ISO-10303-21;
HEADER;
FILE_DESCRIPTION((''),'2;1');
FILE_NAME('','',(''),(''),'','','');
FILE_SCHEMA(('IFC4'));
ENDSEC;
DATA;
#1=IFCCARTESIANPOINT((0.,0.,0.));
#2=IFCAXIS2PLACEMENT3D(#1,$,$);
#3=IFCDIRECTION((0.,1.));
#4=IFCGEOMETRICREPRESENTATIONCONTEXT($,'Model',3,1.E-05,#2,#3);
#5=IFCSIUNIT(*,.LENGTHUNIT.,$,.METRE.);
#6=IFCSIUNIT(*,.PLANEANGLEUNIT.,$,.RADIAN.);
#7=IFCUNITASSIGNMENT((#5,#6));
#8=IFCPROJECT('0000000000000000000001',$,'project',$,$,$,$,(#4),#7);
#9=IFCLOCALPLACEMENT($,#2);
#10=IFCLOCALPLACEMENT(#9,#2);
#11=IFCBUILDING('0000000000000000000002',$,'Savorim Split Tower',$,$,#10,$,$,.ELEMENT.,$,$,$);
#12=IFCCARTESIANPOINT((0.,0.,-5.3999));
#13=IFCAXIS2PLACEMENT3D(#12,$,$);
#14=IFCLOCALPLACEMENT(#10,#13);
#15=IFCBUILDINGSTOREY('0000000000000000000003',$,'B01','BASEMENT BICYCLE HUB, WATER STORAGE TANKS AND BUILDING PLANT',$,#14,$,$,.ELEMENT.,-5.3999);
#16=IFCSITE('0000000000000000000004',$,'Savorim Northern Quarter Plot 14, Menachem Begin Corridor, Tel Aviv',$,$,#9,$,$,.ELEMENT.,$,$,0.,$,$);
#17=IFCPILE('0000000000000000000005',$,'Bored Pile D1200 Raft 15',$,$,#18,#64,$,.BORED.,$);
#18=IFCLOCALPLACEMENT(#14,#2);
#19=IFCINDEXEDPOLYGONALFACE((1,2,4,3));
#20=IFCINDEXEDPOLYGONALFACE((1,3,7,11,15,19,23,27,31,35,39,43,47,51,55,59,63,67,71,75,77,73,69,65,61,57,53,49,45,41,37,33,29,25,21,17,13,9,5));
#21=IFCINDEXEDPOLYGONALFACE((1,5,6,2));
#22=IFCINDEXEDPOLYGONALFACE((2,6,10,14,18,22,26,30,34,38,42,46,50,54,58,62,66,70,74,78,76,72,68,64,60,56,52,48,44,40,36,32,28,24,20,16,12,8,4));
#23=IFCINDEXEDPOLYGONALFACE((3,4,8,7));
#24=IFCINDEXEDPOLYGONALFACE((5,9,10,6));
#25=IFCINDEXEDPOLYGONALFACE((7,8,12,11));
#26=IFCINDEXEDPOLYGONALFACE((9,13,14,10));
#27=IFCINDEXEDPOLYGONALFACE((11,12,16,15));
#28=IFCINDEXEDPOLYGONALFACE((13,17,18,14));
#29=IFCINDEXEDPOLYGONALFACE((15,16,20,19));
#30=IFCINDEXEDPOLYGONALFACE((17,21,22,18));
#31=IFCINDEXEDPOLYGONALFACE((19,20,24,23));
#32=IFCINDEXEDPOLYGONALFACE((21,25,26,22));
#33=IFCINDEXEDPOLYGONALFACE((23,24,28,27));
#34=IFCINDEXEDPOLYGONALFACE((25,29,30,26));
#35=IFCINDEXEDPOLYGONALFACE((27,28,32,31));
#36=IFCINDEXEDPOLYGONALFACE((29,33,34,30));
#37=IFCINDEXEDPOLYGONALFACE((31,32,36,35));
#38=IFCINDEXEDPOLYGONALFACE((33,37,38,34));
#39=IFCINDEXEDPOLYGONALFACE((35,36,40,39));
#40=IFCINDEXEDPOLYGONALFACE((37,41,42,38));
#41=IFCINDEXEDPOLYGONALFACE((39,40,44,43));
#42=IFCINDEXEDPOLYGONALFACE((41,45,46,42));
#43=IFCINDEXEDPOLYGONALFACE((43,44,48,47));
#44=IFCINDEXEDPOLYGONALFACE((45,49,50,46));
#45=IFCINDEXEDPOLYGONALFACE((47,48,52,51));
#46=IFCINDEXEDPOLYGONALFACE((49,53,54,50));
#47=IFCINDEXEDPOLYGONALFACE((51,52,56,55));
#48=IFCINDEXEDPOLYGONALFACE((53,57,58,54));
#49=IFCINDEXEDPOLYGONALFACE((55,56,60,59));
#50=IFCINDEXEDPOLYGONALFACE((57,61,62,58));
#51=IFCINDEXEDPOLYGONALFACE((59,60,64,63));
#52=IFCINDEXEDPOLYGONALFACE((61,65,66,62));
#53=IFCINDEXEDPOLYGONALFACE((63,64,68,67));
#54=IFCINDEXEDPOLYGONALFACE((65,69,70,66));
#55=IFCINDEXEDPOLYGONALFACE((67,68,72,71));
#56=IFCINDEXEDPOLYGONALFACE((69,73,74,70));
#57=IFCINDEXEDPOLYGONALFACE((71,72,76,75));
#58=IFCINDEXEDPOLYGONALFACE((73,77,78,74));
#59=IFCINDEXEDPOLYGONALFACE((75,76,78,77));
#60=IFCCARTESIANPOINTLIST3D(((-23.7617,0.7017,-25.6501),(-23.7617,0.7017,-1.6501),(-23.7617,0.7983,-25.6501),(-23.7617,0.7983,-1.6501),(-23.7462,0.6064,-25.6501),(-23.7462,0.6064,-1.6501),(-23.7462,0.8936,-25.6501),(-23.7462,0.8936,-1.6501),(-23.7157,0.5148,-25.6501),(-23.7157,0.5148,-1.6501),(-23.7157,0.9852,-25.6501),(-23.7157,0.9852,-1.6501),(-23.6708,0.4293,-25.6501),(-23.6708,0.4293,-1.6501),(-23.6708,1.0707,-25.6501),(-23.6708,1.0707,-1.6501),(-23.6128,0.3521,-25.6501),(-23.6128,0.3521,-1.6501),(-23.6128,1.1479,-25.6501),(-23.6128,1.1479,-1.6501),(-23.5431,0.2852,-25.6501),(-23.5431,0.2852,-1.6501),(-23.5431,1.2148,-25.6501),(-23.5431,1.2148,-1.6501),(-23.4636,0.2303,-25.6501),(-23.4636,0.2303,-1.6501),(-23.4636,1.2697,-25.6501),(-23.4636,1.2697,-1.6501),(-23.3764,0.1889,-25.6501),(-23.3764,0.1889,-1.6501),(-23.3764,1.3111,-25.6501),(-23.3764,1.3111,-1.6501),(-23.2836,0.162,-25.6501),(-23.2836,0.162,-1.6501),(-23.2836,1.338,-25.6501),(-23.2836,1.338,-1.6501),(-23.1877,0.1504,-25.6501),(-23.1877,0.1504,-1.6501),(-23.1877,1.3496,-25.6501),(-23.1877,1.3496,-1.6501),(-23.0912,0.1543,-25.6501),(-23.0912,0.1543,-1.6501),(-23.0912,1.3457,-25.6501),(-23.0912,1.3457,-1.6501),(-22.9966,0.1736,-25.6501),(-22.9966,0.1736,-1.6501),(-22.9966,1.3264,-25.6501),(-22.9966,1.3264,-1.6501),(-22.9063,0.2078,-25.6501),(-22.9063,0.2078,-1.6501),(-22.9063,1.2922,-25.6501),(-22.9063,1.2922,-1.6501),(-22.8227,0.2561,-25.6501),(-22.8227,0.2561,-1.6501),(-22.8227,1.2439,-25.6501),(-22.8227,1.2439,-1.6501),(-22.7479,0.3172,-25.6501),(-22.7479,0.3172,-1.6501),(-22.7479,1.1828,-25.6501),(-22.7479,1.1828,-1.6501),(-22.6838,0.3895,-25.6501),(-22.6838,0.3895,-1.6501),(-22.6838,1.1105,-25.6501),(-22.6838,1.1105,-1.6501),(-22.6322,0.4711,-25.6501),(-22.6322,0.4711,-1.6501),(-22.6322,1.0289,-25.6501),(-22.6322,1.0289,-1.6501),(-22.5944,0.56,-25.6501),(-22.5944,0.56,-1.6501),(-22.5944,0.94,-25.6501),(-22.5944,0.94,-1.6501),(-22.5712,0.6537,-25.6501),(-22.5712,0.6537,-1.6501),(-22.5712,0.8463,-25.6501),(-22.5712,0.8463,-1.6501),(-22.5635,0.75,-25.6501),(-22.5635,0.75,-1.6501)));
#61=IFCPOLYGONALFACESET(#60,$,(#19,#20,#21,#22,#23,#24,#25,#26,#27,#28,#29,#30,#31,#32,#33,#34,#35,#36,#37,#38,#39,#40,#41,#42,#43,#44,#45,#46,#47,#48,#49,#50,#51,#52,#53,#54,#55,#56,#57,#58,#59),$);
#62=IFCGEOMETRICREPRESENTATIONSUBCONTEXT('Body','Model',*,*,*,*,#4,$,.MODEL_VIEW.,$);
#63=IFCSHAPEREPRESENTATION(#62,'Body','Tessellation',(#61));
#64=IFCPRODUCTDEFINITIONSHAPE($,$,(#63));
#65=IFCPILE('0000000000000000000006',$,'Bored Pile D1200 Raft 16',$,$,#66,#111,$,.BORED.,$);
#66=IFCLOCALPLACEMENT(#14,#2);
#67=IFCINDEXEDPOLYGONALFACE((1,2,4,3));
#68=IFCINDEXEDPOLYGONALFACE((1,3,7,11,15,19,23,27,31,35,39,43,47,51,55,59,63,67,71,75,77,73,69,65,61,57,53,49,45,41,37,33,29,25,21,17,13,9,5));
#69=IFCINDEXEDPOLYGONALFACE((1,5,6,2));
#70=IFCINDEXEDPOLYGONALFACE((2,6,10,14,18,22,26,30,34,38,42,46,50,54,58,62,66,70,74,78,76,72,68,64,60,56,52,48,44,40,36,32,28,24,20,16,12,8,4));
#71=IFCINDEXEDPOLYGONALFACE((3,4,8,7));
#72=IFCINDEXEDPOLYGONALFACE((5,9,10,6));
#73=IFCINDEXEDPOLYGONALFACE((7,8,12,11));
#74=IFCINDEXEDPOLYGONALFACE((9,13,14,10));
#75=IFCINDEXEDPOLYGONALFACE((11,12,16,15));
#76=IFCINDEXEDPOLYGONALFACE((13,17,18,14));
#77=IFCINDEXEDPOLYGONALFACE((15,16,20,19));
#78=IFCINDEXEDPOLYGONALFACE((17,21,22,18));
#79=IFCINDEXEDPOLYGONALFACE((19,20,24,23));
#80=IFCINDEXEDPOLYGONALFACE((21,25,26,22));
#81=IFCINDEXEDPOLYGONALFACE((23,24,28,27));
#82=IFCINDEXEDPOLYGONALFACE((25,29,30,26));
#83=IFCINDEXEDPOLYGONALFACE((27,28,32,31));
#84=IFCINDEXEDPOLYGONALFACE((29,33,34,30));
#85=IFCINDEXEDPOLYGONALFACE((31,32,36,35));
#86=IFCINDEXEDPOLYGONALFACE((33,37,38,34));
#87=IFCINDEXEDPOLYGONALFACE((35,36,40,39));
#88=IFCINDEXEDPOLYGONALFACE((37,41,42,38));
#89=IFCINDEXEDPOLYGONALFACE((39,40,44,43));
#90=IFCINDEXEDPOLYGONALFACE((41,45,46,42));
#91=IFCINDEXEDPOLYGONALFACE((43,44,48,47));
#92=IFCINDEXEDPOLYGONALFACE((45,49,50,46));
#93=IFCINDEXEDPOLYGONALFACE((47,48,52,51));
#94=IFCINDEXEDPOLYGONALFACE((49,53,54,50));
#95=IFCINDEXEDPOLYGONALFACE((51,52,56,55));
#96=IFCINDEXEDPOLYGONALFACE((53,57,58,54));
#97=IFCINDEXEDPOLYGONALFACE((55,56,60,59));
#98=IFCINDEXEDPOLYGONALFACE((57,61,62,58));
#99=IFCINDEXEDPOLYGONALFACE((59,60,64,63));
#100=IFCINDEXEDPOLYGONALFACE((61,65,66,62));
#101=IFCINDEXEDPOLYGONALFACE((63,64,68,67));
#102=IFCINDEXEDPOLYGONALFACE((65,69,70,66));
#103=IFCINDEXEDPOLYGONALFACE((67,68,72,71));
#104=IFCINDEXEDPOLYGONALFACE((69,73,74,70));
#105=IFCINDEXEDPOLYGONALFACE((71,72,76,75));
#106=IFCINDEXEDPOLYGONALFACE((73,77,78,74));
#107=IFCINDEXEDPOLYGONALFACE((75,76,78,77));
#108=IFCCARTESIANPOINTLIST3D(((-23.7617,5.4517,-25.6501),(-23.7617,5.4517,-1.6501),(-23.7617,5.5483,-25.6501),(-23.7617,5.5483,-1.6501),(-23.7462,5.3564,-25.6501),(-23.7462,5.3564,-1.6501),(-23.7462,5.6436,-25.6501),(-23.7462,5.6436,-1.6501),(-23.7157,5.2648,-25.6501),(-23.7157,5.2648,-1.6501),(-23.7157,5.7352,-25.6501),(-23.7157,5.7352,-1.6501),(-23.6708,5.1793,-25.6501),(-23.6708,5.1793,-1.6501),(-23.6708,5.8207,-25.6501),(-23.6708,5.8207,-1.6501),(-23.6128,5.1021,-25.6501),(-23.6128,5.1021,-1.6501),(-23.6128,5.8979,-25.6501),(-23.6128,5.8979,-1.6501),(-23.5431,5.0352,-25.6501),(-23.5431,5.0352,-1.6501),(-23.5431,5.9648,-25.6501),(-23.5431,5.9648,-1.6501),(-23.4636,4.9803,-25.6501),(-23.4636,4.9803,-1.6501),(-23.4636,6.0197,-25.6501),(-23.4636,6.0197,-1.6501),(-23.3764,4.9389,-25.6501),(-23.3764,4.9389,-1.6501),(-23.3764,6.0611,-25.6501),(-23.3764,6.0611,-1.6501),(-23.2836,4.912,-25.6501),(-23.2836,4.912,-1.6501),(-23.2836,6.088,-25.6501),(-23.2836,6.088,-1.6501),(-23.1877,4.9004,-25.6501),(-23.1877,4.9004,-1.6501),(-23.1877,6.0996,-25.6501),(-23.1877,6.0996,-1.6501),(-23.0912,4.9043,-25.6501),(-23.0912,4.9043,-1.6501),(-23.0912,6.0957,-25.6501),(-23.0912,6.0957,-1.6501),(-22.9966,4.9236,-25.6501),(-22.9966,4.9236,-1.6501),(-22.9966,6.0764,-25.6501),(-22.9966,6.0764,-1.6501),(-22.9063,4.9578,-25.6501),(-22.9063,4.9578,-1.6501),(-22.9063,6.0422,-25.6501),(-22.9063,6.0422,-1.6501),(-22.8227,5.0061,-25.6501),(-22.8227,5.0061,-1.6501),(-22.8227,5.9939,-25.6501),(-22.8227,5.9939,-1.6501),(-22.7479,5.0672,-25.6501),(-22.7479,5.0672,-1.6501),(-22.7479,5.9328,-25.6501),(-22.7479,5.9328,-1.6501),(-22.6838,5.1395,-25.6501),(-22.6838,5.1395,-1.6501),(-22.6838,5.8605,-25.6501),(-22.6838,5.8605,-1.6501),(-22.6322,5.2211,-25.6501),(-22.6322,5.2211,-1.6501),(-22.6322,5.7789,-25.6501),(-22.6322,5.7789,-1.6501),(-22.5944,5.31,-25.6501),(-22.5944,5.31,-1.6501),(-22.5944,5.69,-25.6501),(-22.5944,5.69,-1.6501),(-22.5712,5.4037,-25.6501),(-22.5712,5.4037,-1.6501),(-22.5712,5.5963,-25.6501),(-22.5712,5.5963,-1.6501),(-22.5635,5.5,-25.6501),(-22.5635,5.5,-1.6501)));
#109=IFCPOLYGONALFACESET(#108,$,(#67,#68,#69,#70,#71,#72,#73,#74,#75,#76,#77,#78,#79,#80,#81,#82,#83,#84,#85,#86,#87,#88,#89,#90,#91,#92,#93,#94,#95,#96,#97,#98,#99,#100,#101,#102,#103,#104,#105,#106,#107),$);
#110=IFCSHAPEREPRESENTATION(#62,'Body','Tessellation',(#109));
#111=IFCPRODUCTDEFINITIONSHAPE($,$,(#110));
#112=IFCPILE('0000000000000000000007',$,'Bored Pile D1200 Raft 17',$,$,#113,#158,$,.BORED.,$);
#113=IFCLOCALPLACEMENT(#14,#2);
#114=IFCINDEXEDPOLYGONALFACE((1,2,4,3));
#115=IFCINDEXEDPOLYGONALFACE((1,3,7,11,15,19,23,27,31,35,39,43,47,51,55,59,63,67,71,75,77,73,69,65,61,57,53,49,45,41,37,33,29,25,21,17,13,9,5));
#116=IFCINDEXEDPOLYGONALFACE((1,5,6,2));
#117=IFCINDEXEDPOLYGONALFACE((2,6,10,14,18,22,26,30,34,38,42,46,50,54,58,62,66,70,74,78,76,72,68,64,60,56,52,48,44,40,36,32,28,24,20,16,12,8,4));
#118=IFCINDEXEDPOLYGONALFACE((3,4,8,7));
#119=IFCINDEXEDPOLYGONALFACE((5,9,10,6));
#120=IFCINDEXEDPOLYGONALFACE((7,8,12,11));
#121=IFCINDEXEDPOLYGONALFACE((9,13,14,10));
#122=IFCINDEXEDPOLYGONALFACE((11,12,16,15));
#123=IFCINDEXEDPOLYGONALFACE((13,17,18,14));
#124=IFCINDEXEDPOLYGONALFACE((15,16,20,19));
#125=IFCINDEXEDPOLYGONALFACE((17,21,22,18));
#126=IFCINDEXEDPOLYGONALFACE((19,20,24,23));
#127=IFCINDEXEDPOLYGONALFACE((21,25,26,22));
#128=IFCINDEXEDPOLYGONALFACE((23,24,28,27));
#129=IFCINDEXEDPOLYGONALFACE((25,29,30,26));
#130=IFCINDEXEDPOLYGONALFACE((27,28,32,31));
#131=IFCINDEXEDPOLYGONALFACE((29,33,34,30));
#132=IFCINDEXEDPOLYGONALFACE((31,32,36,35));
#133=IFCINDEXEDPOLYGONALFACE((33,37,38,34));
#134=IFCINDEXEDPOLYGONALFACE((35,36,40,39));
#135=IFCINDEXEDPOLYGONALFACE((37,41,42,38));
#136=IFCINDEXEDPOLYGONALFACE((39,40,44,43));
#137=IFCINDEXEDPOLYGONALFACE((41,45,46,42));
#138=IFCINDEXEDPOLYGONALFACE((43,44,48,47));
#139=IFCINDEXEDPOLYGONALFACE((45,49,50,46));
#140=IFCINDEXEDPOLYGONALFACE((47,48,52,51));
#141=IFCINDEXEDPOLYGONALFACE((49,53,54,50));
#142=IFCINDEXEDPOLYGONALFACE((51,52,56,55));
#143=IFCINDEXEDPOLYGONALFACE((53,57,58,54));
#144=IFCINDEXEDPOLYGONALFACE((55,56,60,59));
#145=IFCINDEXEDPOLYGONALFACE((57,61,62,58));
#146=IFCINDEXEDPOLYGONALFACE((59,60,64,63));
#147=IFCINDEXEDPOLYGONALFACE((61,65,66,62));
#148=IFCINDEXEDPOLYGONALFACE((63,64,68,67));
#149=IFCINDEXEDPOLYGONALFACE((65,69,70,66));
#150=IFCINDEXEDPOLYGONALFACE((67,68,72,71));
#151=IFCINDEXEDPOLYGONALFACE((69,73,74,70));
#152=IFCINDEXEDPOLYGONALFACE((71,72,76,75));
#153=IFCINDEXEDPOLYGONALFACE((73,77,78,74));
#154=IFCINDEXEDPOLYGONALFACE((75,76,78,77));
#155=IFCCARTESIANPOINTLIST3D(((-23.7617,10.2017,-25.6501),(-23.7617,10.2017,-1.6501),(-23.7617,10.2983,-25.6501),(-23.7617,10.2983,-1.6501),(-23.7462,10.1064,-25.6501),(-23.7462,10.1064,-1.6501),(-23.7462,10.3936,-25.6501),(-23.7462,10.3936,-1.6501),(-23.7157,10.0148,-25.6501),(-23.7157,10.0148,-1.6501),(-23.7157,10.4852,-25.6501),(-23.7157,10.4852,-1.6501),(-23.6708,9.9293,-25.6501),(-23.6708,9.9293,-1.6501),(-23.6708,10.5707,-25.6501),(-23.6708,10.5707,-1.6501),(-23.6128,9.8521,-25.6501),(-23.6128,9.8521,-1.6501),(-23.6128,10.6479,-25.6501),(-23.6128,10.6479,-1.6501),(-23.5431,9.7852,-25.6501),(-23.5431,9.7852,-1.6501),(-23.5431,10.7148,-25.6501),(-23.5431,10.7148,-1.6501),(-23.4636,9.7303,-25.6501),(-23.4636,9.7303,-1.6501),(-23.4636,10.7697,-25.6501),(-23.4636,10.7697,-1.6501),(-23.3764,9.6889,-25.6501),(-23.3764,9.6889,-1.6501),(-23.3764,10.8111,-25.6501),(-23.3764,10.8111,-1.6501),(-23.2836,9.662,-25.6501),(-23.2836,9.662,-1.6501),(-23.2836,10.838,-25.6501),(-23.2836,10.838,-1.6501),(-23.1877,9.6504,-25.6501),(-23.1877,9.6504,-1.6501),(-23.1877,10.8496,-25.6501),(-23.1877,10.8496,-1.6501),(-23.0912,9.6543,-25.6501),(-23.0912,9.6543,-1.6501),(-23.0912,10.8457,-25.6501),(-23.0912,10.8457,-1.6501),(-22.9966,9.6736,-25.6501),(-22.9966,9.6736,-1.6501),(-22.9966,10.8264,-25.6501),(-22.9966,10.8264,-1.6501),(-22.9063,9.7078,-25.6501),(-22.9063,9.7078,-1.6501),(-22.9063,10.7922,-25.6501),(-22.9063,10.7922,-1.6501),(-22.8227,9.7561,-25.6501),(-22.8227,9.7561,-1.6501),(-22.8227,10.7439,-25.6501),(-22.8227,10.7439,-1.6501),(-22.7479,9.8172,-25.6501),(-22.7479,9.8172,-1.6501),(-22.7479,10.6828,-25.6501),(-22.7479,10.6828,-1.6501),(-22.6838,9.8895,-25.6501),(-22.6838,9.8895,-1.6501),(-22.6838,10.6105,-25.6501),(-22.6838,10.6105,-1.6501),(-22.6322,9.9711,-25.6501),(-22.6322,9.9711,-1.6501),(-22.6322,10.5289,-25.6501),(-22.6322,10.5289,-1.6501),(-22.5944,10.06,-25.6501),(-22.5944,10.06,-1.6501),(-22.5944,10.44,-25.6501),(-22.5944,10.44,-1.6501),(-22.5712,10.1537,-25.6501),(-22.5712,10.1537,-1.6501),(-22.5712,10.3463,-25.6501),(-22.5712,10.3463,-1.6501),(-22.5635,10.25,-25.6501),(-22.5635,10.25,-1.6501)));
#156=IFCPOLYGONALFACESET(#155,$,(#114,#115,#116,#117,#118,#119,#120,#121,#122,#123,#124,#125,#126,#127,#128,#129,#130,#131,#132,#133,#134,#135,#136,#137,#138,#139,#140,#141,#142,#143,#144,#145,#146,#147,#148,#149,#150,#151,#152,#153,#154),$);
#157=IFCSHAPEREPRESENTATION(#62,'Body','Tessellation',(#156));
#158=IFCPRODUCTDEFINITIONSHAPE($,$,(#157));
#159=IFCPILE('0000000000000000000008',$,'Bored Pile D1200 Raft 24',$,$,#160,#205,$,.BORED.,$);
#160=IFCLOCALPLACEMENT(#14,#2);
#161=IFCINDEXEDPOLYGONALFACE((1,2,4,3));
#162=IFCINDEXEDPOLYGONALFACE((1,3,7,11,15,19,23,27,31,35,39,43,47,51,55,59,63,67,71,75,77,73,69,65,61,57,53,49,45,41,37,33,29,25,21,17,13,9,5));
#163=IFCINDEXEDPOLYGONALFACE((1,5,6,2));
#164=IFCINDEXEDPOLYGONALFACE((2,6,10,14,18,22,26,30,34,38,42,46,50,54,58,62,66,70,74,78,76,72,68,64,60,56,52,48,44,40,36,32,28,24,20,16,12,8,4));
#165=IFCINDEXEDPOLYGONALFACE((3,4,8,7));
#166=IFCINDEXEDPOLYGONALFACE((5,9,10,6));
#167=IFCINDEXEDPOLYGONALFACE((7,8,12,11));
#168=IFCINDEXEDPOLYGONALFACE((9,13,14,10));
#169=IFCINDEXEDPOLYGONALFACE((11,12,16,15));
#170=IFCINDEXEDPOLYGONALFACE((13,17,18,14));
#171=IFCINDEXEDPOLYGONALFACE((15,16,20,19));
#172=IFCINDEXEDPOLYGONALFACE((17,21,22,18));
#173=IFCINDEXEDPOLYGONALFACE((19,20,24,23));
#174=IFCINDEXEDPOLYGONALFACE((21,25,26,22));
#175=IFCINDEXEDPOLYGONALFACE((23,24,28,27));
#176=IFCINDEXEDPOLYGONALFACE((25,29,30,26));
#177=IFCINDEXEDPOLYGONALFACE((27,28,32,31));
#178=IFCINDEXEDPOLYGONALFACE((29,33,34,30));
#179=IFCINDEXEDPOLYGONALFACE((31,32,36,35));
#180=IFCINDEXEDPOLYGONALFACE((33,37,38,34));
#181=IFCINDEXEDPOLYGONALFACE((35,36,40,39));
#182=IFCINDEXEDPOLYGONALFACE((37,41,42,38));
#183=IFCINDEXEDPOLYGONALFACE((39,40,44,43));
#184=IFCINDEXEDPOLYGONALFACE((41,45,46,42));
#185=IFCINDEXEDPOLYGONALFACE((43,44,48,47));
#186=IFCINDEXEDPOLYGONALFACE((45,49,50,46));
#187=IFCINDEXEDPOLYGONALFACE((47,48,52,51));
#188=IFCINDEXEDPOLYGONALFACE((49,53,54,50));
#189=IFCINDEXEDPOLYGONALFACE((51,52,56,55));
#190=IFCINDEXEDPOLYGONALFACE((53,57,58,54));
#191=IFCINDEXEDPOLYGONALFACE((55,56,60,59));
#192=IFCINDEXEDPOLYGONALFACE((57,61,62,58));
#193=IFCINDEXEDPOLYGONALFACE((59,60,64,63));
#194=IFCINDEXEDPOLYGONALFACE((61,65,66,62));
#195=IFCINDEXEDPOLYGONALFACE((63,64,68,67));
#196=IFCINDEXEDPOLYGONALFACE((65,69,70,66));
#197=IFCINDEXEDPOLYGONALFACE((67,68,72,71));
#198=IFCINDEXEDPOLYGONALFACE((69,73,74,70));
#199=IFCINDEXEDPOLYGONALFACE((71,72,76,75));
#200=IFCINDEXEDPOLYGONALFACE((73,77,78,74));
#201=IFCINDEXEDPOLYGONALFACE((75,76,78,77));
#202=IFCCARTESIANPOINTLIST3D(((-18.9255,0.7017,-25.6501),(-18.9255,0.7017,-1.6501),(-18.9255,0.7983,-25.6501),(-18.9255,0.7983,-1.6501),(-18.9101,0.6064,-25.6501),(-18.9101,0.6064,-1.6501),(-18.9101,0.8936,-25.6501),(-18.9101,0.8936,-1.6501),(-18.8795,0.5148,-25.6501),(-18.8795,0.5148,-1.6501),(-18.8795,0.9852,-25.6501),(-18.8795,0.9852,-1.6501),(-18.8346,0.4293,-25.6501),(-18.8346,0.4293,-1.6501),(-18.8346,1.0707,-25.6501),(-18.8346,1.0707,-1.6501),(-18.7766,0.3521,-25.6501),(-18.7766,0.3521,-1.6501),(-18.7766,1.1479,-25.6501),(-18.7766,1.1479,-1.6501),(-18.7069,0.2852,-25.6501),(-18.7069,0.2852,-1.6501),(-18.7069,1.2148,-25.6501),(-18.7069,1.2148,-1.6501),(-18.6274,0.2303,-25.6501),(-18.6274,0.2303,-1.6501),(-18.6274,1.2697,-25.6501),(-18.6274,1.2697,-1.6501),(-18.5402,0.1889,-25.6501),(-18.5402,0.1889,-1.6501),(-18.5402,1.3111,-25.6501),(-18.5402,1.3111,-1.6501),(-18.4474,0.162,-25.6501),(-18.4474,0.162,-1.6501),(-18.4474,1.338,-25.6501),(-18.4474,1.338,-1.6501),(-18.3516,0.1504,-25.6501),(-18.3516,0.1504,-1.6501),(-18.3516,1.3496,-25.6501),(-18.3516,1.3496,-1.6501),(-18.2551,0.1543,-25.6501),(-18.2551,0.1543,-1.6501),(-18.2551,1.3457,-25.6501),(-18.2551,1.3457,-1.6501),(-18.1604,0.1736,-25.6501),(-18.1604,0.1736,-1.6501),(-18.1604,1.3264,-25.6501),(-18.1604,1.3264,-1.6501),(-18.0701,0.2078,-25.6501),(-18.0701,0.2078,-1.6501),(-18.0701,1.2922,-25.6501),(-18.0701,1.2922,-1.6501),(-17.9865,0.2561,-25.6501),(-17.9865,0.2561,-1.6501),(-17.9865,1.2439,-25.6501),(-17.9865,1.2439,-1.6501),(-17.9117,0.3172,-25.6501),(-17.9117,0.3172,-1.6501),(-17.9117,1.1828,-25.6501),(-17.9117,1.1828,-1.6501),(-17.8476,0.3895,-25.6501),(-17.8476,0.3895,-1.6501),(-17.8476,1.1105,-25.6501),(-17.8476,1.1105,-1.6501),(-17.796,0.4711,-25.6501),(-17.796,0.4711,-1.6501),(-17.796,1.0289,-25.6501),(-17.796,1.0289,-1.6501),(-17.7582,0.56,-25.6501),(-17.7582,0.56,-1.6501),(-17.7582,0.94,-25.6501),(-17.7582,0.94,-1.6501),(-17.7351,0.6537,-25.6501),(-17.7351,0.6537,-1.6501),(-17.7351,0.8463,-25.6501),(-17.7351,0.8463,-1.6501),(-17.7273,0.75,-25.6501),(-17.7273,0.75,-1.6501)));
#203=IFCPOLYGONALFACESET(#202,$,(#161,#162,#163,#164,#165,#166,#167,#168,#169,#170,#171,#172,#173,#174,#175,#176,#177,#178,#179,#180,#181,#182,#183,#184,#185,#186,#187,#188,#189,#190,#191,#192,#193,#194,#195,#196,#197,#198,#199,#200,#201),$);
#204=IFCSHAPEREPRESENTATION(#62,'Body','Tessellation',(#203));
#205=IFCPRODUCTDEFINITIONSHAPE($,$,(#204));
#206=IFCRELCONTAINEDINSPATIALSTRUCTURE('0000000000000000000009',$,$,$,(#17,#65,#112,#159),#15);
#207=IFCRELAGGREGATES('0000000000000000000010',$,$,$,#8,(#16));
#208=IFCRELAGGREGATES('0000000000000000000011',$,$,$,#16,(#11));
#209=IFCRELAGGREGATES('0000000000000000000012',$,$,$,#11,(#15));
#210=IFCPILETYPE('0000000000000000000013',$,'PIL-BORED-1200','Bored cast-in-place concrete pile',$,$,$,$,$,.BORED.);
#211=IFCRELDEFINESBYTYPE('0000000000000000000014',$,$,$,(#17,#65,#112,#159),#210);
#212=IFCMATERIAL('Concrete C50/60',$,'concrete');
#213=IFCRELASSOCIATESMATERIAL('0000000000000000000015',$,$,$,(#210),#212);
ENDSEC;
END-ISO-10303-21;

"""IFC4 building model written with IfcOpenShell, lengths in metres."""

from ifc_helpers import new_model, si_unit, direction, frame, origin, origin_2d, place, context, subcontext, project, spatial, circle, extrude, material, material_profile, profile_set, type_object, element, save


model = new_model("IFC4")

# Units and contexts
model_context = context("Model", 3, precision=1e-05, world=origin(), true_north=direction((0.0, 1.0)))
body_context = subcontext(model_context, "Body", "Model", "MODEL_VIEW")
ifc_project = project(units=[si_unit("LENGTHUNIT", "METRE"), si_unit("PLANEANGLEUNIT", "RADIAN")], contexts=[model_context])

# Site, building, storey
site_placement = place(None, origin())
site = spatial("IfcSite", under=ifc_project, at=site_placement, Name="Savorim Northern Quarter Plot 14, Menachem Begin Corridor, Tel Aviv", CompositionType="ELEMENT", RefElevation=0.0)
building_placement = place(site_placement, origin())
building = spatial("IfcBuilding", under=site, at=building_placement, Name="Savorim Split Tower", CompositionType="ELEMENT")
storey_placement = place(building_placement, frame((0.0, 0.0, -5.3999)))
storey = spatial("IfcBuildingStorey", under=building, at=storey_placement, Name="B01", Description="BASEMENT BICYCLE HUB, WATER STORAGE TANKS AND BUILDING PLANT", CompositionType="ELEMENT", Elevation=-5.3999)

# Shared definitions
ifc_material_1 = material(Name="Concrete C50/60", Category="concrete")

# Piles
ifc_material_profile_1 = material_profile(ifc_material_1, circle(Radius=0.6001, at=origin_2d()), Name="PILE D1200")
ifc_profile_set_1 = profile_set([ifc_material_profile_1], Name="Concrete C50/60")
pile_type = type_object("IfcPileType", Name="PIL-BORED-1200", Description="Bored cast-in-place concrete pile", PredefinedType="BORED", material=ifc_profile_set_1)
for number, where, z_axis, x_axis, name in (
    (1, (-23.1636, 0.75, -1.6501), (0.0, 0.0, -1.0), (1.0, 0.0, 0.0), "Bored Pile D1200 Raft 15"),
    (2, (-23.1636, 5.5, -1.6501), (0.0, 0.0, -1.0), (1.0, 0.0, 0.0), "Bored Pile D1200 Raft 16"),
    (3, (-23.1636, 10.25, -1.6501), (0.0, 0.0, -1.0), (1.0, 0.0, 0.0), "Bored Pile D1200 Raft 17"),
    (4, (-18.3274, 0.75, -1.6501), (0.0, 0.0, -1.0), (1.0, 0.0, 0.0), "Bored Pile D1200 Raft 24"),
):
    element("IfcPile", number, at=place(storey_placement, frame(where, z_axis=z_axis, x_axis=x_axis)), inside=storey, type_object=pile_type, Name=name, PredefinedType="BORED", context=body_context, shape_type="SweptSolid", body=[
        extrude(circle(Radius=0.6001, at=origin_2d()), origin(), (0.0, 0.0, 1.0), 24.0),
    ])

save(model, "model.ifc")
